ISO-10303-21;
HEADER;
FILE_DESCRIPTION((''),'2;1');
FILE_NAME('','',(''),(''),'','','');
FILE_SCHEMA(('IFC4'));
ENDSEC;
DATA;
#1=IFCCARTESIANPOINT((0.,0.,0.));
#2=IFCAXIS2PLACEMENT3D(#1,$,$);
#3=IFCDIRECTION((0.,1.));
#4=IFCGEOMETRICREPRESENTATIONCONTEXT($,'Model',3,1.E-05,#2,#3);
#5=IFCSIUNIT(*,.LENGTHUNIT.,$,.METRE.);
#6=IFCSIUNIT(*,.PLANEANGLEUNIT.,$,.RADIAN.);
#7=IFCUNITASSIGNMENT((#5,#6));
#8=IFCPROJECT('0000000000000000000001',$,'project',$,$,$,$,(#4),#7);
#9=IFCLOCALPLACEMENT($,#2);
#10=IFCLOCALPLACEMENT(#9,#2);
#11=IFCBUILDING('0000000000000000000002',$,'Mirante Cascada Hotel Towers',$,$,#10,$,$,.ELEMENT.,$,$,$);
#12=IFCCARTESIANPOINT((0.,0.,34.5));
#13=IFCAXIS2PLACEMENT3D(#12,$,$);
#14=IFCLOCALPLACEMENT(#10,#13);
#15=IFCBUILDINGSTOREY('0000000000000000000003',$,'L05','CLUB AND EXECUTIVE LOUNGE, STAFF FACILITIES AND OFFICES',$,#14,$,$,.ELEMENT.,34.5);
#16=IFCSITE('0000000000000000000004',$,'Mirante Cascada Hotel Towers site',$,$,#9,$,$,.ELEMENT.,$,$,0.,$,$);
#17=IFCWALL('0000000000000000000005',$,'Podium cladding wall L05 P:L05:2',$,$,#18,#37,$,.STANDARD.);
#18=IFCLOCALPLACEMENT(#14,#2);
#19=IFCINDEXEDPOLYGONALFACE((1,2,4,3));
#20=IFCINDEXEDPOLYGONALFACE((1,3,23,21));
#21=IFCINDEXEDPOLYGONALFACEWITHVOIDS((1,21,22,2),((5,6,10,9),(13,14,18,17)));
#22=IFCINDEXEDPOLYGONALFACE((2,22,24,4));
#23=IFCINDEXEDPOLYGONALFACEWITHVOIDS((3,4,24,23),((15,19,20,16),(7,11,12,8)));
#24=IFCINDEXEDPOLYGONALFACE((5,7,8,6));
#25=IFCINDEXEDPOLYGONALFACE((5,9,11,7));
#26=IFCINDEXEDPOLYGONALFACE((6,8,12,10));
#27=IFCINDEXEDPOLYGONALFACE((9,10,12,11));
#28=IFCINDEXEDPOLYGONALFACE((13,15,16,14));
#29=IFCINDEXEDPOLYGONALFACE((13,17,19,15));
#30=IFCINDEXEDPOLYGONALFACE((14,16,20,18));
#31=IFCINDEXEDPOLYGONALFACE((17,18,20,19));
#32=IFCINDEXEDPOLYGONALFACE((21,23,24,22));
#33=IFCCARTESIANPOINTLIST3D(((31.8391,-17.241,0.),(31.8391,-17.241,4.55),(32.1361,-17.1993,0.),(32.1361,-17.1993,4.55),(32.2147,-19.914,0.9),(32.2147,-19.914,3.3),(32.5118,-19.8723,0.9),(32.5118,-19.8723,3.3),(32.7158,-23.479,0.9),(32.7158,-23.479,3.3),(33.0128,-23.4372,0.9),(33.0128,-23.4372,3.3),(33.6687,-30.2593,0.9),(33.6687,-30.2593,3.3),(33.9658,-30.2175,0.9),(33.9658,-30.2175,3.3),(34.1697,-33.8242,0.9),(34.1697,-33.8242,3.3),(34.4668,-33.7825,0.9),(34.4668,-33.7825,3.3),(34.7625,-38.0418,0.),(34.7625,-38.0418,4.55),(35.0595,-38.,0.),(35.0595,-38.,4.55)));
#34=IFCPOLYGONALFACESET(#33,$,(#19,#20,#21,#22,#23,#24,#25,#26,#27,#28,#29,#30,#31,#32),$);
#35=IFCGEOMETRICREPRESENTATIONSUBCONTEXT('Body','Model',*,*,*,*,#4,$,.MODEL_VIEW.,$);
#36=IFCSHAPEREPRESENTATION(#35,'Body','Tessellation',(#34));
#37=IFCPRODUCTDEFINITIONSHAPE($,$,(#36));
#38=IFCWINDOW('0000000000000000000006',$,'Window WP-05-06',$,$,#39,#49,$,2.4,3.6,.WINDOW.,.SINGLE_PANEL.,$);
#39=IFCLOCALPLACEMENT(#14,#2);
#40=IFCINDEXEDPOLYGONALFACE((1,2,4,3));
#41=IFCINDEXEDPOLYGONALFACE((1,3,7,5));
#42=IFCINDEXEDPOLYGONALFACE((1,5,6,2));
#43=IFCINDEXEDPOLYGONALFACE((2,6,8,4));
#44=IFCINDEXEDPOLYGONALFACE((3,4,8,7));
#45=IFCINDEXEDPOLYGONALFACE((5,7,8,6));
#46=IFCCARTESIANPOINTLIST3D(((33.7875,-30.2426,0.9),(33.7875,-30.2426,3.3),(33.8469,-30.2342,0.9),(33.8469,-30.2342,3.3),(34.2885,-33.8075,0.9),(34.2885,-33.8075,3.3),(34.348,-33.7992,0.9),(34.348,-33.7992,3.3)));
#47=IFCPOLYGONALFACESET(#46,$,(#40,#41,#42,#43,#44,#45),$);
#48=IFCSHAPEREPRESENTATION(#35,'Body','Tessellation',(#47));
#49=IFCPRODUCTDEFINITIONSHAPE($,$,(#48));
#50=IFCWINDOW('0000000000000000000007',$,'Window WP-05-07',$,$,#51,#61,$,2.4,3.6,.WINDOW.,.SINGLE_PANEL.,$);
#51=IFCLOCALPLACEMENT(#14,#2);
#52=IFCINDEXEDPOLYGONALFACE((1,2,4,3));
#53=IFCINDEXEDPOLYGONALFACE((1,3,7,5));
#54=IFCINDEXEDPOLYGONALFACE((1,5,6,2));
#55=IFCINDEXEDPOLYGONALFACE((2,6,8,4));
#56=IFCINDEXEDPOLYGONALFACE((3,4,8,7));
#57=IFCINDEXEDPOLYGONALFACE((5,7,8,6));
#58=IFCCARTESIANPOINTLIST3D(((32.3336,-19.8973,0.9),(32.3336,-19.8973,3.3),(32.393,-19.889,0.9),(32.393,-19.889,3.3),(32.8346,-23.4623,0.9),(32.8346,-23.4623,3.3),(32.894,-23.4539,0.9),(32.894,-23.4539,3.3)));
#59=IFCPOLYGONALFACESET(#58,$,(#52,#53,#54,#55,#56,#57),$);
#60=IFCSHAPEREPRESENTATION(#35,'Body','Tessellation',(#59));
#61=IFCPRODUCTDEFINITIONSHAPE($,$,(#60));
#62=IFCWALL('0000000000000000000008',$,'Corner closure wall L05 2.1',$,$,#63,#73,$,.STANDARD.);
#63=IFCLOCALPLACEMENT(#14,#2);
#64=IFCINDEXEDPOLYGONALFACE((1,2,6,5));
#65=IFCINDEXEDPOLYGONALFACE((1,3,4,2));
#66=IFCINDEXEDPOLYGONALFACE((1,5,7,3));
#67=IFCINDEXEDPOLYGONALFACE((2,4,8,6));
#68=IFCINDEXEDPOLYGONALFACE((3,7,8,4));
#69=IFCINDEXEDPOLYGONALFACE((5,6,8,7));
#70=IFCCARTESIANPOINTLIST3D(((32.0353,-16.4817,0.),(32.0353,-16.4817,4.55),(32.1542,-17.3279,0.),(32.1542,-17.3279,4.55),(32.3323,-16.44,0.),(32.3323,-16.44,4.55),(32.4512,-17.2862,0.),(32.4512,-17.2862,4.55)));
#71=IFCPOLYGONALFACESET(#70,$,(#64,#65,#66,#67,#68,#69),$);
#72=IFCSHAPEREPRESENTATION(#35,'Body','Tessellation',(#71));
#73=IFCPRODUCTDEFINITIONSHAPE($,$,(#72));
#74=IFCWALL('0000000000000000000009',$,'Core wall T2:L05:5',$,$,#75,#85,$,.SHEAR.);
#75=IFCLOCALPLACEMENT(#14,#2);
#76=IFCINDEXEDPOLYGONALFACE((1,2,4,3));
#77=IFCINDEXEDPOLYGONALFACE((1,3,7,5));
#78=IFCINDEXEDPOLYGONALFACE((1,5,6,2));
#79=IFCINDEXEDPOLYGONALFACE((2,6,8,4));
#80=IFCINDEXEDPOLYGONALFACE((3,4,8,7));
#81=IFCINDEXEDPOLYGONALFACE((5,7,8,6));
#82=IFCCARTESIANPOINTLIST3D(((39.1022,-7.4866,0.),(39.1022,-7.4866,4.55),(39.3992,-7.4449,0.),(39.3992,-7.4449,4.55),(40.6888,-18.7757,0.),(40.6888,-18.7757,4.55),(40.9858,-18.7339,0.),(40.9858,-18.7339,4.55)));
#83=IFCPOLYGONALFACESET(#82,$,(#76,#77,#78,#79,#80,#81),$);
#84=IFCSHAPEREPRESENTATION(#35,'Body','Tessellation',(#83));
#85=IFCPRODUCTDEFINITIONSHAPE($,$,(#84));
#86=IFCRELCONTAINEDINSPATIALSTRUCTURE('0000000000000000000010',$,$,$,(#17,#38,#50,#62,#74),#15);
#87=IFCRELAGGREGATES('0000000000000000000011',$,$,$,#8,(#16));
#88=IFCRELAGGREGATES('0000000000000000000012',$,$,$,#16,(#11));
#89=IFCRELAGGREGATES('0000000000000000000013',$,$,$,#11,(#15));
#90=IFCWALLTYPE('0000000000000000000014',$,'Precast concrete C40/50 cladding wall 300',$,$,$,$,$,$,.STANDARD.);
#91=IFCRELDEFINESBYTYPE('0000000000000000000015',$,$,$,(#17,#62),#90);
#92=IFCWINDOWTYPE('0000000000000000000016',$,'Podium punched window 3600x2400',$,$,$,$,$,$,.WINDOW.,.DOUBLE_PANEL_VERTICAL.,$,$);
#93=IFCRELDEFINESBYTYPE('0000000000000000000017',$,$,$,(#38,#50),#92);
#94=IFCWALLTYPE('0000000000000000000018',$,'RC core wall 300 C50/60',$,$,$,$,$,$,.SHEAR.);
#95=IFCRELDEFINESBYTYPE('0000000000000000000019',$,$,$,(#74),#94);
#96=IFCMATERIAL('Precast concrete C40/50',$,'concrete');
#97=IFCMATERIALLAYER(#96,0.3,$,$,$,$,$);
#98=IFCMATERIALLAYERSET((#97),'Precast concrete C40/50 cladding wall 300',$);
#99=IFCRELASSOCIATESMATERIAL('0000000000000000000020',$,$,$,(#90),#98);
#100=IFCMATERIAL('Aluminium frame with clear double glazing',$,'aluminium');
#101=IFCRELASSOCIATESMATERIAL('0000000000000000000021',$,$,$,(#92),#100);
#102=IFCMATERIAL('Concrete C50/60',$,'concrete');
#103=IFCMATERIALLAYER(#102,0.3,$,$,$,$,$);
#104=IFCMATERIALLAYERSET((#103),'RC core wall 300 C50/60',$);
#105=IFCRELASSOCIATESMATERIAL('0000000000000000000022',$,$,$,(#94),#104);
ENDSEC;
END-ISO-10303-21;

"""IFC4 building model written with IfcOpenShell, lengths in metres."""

from ifc_helpers import new_model, si_unit, direction, frame, frame_2d, origin, place, context, subcontext, project, spatial, rectangle, extrude, material, layer, layer_set, type_object, element, fill, save


model = new_model("IFC4")

# Units and contexts
model_context = context("Model", 3, precision=1e-05, world=origin(), true_north=direction((0.0, 1.0)))
body_context = subcontext(model_context, "Body", "Model", "MODEL_VIEW")
ifc_project = project(units=[si_unit("LENGTHUNIT", "METRE"), si_unit("PLANEANGLEUNIT", "RADIAN")], contexts=[model_context])

# Site, building, storey
site_placement = place(None, origin())
site = spatial("IfcSite", under=ifc_project, at=site_placement, Name="Mirante Cascada Hotel Towers site", CompositionType="ELEMENT", RefElevation=0.0)
building_placement = place(site_placement, origin())
building = spatial("IfcBuilding", under=site, at=building_placement, Name="Mirante Cascada Hotel Towers", CompositionType="ELEMENT")
storey_placement = place(building_placement, frame((0.0, 0.0, 34.5)))
storey = spatial("IfcBuildingStorey", under=building, at=storey_placement, Name="L05", Description="CLUB AND EXECUTIVE LOUNGE, STAFF FACILITIES AND OFFICES", CompositionType="ELEMENT", Elevation=34.5)

# Shared definitions
ifc_material_1 = material(Name="Precast concrete C40/50", Category="concrete")
ifc_layer_1 = layer(ifc_material_1, 0.3)
ifc_layer_set_1 = layer_set([ifc_layer_1], Name="Precast concrete C40/50 cladding wall 300")
wall_type_1 = type_object("IfcWallType", Name="Precast concrete C40/50 cladding wall 300", PredefinedType="STANDARD", material=ifc_layer_set_1)

# Wall, openings, windows
wall_1_placement = place(storey_placement, frame((34.911, -38.0209, 0.0), z_axis=(0.0, 0.0, 1.0), x_axis=(-0.139175, 0.990268, 0.0)))
wall_1 = element("IfcWall", 1, at=wall_1_placement, inside=storey, type_object=wall_type_1, Name="Podium cladding wall L05 P:L05:2", PredefinedType="STANDARD", context=body_context, shape_type="SweptSolid", body=[
    extrude(rectangle(XDim=21.0052, YDim=0.3, at=frame_2d((10.5026, 0.0))), origin(), (0.0, 0.0, 1.0), 4.55),
])
opening_1_placement = place(wall_1_placement, frame((4.259, 0.0, 0.9)))
opening_1 = element("IfcOpeningElement", 2, at=opening_1_placement, cuts=wall_1, PredefinedType="OPENING", context=body_context, shape_type="SweptSolid", body=[
    extrude(rectangle(XDim=3.6, YDim=2.4, at=frame_2d((1.8, 1.2))), frame((0.0, 0.15, 0.0), z_axis=(0.0, -1.0, 0.0), x_axis=(1.0, 0.0, 0.0)), (0.0, 0.0, 1.0), 0.3),
])
opening_2_placement = place(wall_1_placement, frame((14.7059, 0.0, 0.9)))
opening_2 = element("IfcOpeningElement", 3, at=opening_2_placement, cuts=wall_1, PredefinedType="OPENING", context=body_context, shape_type="SweptSolid", body=[
    extrude(rectangle(XDim=3.6, YDim=2.4, at=frame_2d((1.8, 1.2))), frame((0.0, 0.15, 0.0), z_axis=(0.0, -1.0, 0.0), x_axis=(1.0, 0.0, 0.0)), (0.0, 0.0, 1.0), 0.3),
])
ifc_material_2 = material(Name="Aluminium frame with clear double glazing", Category="aluminium")
window_type_1 = type_object("IfcWindowType", Name="Podium punched window 3600x2400", PartitioningType="DOUBLE_PANEL_VERTICAL", PredefinedType="WINDOW", material=ifc_material_2)
window_1_placement = place(opening_1_placement, origin())
window_1 = element("IfcWindow", 4, at=window_1_placement, inside=storey, type_object=window_type_1, Name="Window WP-05-06", OverallHeight=2.4, OverallWidth=3.6, PartitioningType="SINGLE_PANEL", PredefinedType="WINDOW", context=body_context, shape_type="SweptSolid", body=[
    extrude(rectangle(XDim=3.6, YDim=2.4, at=frame_2d((1.8, 1.2))), frame((0.0, 0.03, 0.0), z_axis=(0.0, -1.0, 0.0), x_axis=(1.0, 0.0, 0.0)), (0.0, 0.0, 1.0), 0.06),
])
fill(opening_1, window_1)
window_2_placement = place(opening_2_placement, origin())
window_2 = element("IfcWindow", 5, at=window_2_placement, inside=storey, type_object=window_type_1, Name="Window WP-05-07", OverallHeight=2.4, OverallWidth=3.6, PartitioningType="SINGLE_PANEL", PredefinedType="WINDOW", context=body_context, shape_type="SweptSolid", body=[
    extrude(rectangle(XDim=3.6, YDim=2.4, at=frame_2d((1.8, 1.2))), frame((0.0, 0.03, 0.0), z_axis=(0.0, -1.0, 0.0), x_axis=(1.0, 0.0, 0.0)), (0.0, 0.0, 1.0), 0.06),
])
fill(opening_2, window_2)

# Walls
wall_2_placement = place(storey_placement, frame((32.1838, -16.4609, 0.0), z_axis=(0.0, 0.0, 1.0), x_axis=(0.139144, -0.990272, 0.0)))
element("IfcWall", 6, at=wall_2_placement, inside=storey, type_object=wall_type_1, Name="Corner closure wall L05 2.1", PredefinedType="STANDARD", context=body_context, shape_type="SweptSolid", body=[
    extrude(rectangle(XDim=0.8545, YDim=0.3, at=frame_2d((0.4272, 0.0))), origin(), (0.0, 0.0, 1.0), 4.55),
])
ifc_material_3 = material(Name="Concrete C50/60", Category="concrete")
ifc_layer_2 = layer(ifc_material_3, 0.3)
ifc_layer_set_2 = layer_set([ifc_layer_2], Name="RC core wall 300 C50/60")
wall_type_2 = type_object("IfcWallType", Name="RC core wall 300 C50/60", PredefinedType="SHEAR", material=ifc_layer_set_2)
wall_3_placement = place(storey_placement, frame((40.8373, -18.7548, 0.0), z_axis=(0.0, 0.0, 1.0), x_axis=(-0.139175, 0.990268, 0.0)))
element("IfcWall", 7, at=wall_3_placement, inside=storey, type_object=wall_type_2, Name="Core wall T2:L05:5", PredefinedType="SHEAR", context=body_context, shape_type="SweptSolid", body=[
    extrude(rectangle(XDim=11.4, YDim=0.3, at=frame_2d((5.7, 0.0))), origin(), (0.0, 0.0, 1.0), 4.55),
])

save(model, "model.ifc")
